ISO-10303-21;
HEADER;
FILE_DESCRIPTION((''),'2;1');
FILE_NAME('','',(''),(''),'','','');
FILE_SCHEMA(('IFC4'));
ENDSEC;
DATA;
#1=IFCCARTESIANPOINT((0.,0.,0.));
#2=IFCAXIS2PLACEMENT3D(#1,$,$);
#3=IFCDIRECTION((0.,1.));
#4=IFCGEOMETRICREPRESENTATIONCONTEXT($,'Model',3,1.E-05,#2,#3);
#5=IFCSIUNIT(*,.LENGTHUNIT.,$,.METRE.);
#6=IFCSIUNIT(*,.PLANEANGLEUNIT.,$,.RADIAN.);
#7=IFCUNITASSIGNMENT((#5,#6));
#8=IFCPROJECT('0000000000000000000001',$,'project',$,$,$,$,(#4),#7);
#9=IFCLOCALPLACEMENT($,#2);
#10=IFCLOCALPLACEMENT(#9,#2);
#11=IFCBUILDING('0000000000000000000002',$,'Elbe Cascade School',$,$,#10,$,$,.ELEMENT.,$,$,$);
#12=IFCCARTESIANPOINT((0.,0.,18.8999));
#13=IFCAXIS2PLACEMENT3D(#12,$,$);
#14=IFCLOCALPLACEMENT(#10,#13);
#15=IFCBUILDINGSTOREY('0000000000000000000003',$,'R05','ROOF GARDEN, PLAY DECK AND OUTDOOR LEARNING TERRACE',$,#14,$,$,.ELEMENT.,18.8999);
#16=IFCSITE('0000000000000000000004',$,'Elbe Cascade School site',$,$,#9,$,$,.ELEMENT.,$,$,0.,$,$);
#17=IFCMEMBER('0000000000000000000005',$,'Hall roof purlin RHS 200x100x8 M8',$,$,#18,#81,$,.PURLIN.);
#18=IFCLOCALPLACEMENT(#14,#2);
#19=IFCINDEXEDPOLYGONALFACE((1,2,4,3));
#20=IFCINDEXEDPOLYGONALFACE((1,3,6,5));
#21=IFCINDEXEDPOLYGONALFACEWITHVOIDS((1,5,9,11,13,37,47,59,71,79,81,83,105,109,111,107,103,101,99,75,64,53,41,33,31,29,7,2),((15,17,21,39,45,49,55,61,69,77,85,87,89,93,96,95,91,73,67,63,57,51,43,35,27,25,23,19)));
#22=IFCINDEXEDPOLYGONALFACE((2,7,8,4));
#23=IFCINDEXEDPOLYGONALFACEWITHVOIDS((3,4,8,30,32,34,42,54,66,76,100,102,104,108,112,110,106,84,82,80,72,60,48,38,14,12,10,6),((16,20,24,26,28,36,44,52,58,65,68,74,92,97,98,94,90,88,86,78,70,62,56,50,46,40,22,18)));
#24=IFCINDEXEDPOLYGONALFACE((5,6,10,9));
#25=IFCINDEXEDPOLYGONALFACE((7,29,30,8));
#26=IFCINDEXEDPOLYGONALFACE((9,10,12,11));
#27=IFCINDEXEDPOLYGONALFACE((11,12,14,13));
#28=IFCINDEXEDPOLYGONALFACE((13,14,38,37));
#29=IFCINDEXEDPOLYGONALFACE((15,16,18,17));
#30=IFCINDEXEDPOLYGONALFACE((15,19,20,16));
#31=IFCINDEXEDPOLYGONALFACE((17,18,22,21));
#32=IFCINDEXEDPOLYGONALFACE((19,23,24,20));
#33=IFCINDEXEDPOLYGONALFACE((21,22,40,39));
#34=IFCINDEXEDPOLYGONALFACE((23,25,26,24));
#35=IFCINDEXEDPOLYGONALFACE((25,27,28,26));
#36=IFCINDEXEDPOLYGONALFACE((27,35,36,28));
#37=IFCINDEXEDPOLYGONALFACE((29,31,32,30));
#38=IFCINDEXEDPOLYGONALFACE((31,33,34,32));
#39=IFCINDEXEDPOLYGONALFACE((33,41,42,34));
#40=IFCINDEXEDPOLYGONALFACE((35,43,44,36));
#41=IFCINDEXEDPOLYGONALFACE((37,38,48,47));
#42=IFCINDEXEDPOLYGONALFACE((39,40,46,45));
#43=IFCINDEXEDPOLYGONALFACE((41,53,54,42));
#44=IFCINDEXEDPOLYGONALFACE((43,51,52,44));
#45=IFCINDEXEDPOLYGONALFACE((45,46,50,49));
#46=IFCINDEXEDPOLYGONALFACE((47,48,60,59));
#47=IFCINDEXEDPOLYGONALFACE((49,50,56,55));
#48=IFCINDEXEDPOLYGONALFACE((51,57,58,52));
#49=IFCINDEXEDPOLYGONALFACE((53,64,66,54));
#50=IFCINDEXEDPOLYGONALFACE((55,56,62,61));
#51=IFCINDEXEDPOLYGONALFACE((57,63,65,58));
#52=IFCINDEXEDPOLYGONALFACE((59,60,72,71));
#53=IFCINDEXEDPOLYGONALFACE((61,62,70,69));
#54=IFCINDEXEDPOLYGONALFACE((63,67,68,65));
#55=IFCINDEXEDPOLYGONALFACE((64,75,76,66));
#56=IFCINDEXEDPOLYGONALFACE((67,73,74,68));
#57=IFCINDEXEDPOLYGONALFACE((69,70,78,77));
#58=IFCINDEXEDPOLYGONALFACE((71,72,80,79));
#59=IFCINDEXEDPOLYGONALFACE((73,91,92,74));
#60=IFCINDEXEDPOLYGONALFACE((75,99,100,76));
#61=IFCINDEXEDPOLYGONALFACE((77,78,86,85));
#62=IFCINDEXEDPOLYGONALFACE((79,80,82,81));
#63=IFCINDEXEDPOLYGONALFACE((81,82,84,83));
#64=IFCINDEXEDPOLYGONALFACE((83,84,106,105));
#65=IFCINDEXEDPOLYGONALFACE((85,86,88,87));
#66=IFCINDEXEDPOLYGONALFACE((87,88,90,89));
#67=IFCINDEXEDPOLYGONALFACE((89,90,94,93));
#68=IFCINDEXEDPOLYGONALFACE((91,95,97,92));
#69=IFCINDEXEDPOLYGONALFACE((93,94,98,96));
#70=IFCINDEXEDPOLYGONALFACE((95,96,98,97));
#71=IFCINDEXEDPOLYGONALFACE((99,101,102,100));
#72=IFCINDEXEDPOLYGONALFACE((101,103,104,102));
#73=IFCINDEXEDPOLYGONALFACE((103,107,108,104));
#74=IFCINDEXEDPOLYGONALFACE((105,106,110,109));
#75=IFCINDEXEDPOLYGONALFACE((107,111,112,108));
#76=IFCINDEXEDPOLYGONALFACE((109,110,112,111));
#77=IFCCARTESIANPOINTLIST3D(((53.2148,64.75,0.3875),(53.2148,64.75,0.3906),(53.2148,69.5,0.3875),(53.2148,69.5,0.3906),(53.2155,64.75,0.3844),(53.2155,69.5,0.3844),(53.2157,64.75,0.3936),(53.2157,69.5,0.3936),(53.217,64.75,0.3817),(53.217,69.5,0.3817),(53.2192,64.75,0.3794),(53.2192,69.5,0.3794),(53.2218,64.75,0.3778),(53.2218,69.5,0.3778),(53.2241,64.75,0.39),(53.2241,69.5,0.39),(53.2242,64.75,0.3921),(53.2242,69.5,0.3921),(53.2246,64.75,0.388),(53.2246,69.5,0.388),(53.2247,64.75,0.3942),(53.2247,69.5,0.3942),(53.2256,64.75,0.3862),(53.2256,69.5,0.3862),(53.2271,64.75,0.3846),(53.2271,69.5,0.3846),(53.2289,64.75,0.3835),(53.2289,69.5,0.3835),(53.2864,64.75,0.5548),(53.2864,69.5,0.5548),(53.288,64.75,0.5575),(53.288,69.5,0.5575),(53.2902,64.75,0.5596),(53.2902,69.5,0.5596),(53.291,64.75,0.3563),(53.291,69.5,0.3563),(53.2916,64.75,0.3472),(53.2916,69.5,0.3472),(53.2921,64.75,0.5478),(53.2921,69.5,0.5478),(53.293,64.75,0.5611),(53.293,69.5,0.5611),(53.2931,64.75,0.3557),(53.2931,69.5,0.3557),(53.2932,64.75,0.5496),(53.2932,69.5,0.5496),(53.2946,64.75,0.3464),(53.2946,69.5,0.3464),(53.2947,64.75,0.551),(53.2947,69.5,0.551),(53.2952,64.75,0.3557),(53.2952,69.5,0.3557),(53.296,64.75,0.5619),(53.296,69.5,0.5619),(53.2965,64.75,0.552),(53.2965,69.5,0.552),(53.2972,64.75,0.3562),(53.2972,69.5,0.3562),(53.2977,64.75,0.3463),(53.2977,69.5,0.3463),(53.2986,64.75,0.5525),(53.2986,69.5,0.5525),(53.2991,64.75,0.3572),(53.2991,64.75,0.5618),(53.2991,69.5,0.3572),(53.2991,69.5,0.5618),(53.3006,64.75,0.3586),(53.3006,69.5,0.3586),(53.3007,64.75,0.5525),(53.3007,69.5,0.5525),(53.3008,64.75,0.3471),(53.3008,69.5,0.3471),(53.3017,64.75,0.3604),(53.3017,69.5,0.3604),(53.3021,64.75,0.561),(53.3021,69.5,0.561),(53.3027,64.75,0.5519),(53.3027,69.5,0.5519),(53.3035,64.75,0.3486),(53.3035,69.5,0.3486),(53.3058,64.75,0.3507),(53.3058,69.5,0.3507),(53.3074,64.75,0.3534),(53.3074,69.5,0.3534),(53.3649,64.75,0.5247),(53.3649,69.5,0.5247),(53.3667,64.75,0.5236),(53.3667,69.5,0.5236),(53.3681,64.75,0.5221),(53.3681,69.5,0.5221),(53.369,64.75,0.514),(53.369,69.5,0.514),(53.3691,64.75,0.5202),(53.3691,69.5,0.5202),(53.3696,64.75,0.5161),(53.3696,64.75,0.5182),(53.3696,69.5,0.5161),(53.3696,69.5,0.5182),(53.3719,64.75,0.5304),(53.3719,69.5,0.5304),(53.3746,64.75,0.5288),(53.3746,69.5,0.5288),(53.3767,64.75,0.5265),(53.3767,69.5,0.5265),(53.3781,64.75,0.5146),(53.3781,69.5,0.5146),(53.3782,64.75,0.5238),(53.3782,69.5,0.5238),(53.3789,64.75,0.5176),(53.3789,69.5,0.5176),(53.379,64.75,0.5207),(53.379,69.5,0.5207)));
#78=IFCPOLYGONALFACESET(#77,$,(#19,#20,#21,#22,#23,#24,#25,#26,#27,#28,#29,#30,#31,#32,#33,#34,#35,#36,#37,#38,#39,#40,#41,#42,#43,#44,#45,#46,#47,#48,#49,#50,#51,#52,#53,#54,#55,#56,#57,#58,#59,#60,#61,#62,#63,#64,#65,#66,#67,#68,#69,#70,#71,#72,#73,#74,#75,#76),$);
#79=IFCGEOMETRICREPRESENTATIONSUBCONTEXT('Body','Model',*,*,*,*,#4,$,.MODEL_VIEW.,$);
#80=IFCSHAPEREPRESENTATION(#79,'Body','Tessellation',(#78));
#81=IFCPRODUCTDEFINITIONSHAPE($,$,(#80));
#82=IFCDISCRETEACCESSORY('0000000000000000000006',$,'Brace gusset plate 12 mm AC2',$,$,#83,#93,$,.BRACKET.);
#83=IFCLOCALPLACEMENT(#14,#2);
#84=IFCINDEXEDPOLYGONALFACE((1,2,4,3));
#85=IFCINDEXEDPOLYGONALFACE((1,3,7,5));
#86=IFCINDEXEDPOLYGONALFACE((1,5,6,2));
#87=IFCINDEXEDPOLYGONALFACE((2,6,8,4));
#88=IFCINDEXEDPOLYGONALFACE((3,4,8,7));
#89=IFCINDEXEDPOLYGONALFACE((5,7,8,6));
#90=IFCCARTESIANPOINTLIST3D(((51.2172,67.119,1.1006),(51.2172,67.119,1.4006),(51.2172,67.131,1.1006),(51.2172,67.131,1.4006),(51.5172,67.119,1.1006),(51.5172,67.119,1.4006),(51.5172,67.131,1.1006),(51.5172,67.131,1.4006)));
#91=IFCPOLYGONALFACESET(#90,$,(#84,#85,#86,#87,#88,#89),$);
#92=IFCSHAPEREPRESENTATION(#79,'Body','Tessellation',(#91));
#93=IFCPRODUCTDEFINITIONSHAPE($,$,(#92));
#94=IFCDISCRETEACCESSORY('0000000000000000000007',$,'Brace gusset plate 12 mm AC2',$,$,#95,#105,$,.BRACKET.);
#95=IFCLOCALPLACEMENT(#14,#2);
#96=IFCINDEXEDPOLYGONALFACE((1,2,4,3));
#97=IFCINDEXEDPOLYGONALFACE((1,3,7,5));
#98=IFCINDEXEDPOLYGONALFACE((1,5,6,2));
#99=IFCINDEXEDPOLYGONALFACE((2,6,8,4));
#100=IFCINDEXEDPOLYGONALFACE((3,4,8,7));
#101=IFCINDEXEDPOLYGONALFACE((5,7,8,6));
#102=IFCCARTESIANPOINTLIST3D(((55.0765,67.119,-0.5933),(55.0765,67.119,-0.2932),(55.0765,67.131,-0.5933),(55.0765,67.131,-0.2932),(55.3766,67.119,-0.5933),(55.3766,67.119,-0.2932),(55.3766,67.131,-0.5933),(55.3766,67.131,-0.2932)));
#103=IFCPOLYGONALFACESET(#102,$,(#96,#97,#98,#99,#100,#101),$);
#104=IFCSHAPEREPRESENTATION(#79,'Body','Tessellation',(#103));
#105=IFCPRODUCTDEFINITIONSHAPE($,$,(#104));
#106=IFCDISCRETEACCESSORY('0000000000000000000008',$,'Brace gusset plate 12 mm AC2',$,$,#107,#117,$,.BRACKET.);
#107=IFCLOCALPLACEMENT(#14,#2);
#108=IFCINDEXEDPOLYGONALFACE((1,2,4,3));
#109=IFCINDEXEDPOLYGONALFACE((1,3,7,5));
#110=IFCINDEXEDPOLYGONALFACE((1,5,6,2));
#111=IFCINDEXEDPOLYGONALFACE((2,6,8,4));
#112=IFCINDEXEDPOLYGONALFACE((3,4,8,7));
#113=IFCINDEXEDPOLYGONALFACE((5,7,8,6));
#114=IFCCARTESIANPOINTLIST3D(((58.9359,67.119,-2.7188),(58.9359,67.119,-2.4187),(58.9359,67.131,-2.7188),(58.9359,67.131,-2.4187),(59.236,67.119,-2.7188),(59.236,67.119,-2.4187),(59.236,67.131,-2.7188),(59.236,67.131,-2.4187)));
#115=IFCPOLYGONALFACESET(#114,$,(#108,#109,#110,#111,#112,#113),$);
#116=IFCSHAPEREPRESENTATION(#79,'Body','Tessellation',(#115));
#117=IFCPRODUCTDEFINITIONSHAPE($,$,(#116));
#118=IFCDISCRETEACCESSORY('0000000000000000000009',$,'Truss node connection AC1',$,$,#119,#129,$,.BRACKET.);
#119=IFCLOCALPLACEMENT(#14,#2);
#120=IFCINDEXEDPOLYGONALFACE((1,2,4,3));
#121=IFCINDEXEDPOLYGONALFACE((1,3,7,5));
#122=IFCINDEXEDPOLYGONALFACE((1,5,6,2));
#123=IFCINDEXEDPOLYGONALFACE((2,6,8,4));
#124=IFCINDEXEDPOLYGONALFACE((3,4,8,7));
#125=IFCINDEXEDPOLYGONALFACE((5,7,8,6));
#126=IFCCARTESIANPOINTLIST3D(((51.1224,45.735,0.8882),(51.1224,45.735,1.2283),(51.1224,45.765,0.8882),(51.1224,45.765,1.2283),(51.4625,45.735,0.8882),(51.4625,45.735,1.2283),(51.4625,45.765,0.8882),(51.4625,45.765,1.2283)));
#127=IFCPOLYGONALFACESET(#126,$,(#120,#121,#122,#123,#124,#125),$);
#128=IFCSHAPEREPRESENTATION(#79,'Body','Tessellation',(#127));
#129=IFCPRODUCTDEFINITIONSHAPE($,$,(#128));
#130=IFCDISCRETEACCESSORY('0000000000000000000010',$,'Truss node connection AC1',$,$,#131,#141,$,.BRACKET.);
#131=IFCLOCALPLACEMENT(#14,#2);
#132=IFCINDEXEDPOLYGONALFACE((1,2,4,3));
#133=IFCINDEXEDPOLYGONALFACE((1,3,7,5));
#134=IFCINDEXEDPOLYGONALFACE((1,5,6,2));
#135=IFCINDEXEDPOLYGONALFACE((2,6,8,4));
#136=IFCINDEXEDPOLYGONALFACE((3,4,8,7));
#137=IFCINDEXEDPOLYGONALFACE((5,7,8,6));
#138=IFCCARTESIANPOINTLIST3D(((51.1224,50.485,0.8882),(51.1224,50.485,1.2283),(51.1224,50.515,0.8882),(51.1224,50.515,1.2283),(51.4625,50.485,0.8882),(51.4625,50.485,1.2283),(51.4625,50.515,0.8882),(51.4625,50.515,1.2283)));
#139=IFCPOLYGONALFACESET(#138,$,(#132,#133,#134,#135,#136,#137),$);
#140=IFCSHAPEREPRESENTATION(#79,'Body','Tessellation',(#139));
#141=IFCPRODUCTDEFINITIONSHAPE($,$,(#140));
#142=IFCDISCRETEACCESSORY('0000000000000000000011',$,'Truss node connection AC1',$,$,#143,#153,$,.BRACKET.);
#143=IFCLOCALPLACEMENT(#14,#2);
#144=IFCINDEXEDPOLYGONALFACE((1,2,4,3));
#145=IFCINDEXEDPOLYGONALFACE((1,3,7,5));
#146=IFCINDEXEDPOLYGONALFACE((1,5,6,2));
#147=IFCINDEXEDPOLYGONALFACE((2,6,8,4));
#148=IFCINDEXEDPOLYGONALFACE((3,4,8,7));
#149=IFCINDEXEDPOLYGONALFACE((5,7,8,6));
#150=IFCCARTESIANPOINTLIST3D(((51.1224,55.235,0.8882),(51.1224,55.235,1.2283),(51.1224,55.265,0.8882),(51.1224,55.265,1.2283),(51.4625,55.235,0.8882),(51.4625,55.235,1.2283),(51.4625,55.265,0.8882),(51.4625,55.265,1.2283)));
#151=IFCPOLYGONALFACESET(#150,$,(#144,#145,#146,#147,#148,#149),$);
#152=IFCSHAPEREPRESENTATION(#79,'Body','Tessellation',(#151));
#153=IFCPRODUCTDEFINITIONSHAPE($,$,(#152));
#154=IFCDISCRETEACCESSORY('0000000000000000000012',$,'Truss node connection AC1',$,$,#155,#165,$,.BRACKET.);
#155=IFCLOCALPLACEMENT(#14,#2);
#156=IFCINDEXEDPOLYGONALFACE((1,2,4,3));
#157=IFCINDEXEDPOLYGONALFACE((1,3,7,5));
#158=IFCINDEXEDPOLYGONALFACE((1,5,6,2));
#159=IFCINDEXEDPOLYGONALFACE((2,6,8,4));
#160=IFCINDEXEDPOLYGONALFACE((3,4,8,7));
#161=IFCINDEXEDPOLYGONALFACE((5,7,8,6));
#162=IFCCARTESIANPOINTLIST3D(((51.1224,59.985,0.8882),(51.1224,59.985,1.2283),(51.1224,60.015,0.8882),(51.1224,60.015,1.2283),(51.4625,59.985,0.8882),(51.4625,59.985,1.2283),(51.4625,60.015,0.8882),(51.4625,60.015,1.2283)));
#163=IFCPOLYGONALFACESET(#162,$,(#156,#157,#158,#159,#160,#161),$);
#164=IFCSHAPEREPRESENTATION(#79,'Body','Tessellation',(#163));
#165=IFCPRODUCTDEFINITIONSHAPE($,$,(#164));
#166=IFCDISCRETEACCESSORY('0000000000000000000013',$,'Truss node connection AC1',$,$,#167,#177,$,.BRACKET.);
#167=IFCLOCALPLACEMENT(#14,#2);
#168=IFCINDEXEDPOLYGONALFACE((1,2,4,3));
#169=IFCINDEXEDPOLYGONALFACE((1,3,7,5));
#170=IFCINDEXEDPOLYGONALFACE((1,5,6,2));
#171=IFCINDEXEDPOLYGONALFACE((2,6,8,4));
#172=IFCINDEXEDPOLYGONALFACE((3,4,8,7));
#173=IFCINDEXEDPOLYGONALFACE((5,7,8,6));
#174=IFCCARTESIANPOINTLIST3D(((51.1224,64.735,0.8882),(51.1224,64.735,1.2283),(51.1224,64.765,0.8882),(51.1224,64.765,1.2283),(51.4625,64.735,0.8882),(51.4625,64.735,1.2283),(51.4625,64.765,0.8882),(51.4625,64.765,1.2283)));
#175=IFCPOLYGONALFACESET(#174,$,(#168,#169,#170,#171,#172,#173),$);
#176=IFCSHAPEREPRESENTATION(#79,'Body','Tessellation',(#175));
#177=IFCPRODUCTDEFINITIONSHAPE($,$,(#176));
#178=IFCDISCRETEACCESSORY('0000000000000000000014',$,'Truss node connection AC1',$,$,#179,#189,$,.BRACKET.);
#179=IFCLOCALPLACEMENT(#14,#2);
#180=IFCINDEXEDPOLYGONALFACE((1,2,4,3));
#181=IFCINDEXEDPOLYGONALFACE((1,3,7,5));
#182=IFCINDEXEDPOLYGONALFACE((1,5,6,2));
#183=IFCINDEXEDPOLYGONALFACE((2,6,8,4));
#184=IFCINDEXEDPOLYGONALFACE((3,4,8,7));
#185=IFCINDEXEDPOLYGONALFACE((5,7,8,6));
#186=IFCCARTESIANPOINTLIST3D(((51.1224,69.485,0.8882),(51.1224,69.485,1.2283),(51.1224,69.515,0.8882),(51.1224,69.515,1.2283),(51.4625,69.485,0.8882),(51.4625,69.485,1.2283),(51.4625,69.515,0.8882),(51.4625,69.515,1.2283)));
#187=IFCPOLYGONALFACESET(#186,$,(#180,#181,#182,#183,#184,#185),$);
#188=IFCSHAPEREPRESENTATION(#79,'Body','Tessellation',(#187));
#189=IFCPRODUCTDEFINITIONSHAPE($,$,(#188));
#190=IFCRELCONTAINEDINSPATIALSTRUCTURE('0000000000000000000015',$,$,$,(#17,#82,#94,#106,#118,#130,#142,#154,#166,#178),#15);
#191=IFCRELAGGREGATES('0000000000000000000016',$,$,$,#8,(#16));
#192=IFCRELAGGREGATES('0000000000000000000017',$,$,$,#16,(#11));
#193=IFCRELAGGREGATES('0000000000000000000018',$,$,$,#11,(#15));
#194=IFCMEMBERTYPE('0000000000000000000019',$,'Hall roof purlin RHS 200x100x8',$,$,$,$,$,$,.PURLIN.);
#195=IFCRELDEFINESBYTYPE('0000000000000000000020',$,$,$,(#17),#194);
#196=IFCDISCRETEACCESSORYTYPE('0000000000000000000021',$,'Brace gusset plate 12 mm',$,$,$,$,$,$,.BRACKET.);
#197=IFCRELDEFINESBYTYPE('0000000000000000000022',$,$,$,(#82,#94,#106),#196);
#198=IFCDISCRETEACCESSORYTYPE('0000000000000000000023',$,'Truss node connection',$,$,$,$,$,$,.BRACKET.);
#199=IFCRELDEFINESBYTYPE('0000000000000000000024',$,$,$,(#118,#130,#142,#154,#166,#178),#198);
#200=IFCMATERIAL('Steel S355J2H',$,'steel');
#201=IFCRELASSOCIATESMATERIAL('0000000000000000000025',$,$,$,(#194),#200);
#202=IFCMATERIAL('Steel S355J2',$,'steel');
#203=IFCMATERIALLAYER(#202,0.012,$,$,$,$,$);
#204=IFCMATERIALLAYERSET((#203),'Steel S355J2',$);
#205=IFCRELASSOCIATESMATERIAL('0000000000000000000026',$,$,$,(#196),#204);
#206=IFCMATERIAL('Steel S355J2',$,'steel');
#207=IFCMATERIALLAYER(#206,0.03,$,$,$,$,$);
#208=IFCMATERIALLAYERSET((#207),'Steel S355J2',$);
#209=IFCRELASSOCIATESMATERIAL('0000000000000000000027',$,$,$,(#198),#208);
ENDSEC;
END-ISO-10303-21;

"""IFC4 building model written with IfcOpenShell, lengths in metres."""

from ifc_helpers import new_model, si_unit, direction, frame, origin, origin_2d, place, context, subcontext, project, spatial, rectangle, hollow_rectangle, extrude, material, layer, layer_set, material_profile, profile_set, type_object, element, save


model = new_model("IFC4")

# Units and contexts
model_context = context("Model", 3, precision=1e-05, world=origin(), true_north=direction((0.0, 1.0)))
body_context = subcontext(model_context, "Body", "Model", "MODEL_VIEW")
ifc_project = project(units=[si_unit("LENGTHUNIT", "METRE"), si_unit("PLANEANGLEUNIT", "RADIAN")], contexts=[model_context])

# Site, building, storey
site_placement = place(None, origin())
site = spatial("IfcSite", under=ifc_project, at=site_placement, Name="Elbe Cascade School site", CompositionType="ELEMENT", RefElevation=0.0)
building_placement = place(site_placement, origin())
building = spatial("IfcBuilding", under=site, at=building_placement, Name="Elbe Cascade School", CompositionType="ELEMENT")
storey_placement = place(building_placement, frame((0.0, 0.0, 18.8999)))
storey = spatial("IfcBuildingStorey", under=building, at=storey_placement, Name="R05", Description="ROOF GARDEN, PLAY DECK AND OUTDOOR LEARNING TERRACE", CompositionType="ELEMENT", Elevation=18.8999)

# Member
ifc_material_1 = material(Name="Steel S355J2H", Category="steel")
ifc_material_profile_1 = material_profile(ifc_material_1, hollow_rectangle(XDim=0.1001, YDim=0.2, WallThickness=0.0081, InnerFilletRadius=0.0081, OuterFilletRadius=0.012, at=origin_2d()), Name="RHS 200x100x8")
ifc_profile_set_1 = profile_set([ifc_material_profile_1], Name="Steel S355J2H")
member_type_1 = type_object("IfcMemberType", Name="Hall roof purlin RHS 200x100x8", PredefinedType="PURLIN", material=ifc_profile_set_1)
for number, where, z_axis, x_axis, name in (
    (1, (53.2969, 64.75, 0.4541), (0.0, 1.0, 0.0), (-0.91584, 0.0, 0.401544), "Hall roof purlin RHS 200x100x8 M8"),
):
    element("IfcMember", number, at=place(storey_placement, frame(where, z_axis=z_axis, x_axis=x_axis)), inside=storey, type_object=member_type_1, Name=name, PredefinedType="PURLIN", context=body_context, shape_type="SweptSolid", body=[
        extrude(hollow_rectangle(XDim=0.1001, YDim=0.2, WallThickness=0.0081, InnerFilletRadius=0.0081, OuterFilletRadius=0.012, at=origin_2d()), origin(), (0.0, 0.0, 1.0), 4.75),
    ])

# Discrete accessories
ifc_material_2 = material(Name="Steel S355J2", Category="steel")
ifc_layer_1 = layer(ifc_material_2, 0.012)
ifc_layer_set_1 = layer_set([ifc_layer_1], Name="Steel S355J2")
discrete_accessory_type_1 = type_object("IfcDiscreteAccessoryType", Name="Brace gusset plate 12 mm", PredefinedType="BRACKET", material=ifc_layer_set_1)
for number, where, z_axis, x_axis, name in (
    (2, (51.3672, 67.125, 1.1006), (0.0, 0.0, 1.0), (1.0, 0.0, 0.0), "Brace gusset plate 12 mm AC2"),
    (3, (55.2266, 67.125, -0.5933), (0.0, 0.0, 1.0), (1.0, 0.0, 0.0), "Brace gusset plate 12 mm AC2"),
    (4, (59.0859, 67.125, -2.7188), (0.0, 0.0, 1.0), (1.0, 0.0, 0.0), "Brace gusset plate 12 mm AC2"),
):
    element("IfcDiscreteAccessory", number, at=place(storey_placement, frame(where, z_axis=z_axis, x_axis=x_axis)), inside=storey, type_object=discrete_accessory_type_1, Name=name, PredefinedType="BRACKET", context=body_context, shape_type="SweptSolid", body=[
        extrude(rectangle(XDim=0.3, YDim=0.012, at=origin_2d()), origin(), (0.0, 0.0, 1.0), 0.3),
    ])
ifc_material_3 = material(Name="Steel S355J2", Category="steel")
ifc_layer_2 = layer(ifc_material_3, 0.03)
ifc_layer_set_2 = layer_set([ifc_layer_2], Name="Steel S355J2")
discrete_accessory_type_2 = type_object("IfcDiscreteAccessoryType", Name="Truss node connection", PredefinedType="BRACKET", material=ifc_layer_set_2)
for number, where, z_axis, x_axis, name in (
    (5, (51.2925, 45.75, 0.8882), (0.0, 0.0, 1.0), (1.0, 0.0, 0.0), "Truss node connection AC1"),
    (6, (51.2925, 50.5, 0.8882), (0.0, 0.0, 1.0), (1.0, 0.0, 0.0), "Truss node connection AC1"),
    (7, (51.2925, 55.25, 0.8882), (0.0, 0.0, 1.0), (1.0, 0.0, 0.0), "Truss node connection AC1"),
    (8, (51.2925, 60.0, 0.8882), (0.0, 0.0, 1.0), (1.0, 0.0, 0.0), "Truss node connection AC1"),
    (9, (51.2925, 64.75, 0.8882), (0.0, 0.0, 1.0), (1.0, 0.0, 0.0), "Truss node connection AC1"),
    (10, (51.2925, 69.5, 0.8882), (0.0, 0.0, 1.0), (1.0, 0.0, 0.0), "Truss node connection AC1"),
):
    element("IfcDiscreteAccessory", number, at=place(storey_placement, frame(where, z_axis=z_axis, x_axis=x_axis)), inside=storey, type_object=discrete_accessory_type_2, Name=name, PredefinedType="BRACKET", context=body_context, shape_type="SweptSolid", body=[
        extrude(rectangle(XDim=0.3401, YDim=0.03, at=origin_2d()), origin(), (0.0, 0.0, 1.0), 0.3401),
    ])

save(model, "model.ifc")
